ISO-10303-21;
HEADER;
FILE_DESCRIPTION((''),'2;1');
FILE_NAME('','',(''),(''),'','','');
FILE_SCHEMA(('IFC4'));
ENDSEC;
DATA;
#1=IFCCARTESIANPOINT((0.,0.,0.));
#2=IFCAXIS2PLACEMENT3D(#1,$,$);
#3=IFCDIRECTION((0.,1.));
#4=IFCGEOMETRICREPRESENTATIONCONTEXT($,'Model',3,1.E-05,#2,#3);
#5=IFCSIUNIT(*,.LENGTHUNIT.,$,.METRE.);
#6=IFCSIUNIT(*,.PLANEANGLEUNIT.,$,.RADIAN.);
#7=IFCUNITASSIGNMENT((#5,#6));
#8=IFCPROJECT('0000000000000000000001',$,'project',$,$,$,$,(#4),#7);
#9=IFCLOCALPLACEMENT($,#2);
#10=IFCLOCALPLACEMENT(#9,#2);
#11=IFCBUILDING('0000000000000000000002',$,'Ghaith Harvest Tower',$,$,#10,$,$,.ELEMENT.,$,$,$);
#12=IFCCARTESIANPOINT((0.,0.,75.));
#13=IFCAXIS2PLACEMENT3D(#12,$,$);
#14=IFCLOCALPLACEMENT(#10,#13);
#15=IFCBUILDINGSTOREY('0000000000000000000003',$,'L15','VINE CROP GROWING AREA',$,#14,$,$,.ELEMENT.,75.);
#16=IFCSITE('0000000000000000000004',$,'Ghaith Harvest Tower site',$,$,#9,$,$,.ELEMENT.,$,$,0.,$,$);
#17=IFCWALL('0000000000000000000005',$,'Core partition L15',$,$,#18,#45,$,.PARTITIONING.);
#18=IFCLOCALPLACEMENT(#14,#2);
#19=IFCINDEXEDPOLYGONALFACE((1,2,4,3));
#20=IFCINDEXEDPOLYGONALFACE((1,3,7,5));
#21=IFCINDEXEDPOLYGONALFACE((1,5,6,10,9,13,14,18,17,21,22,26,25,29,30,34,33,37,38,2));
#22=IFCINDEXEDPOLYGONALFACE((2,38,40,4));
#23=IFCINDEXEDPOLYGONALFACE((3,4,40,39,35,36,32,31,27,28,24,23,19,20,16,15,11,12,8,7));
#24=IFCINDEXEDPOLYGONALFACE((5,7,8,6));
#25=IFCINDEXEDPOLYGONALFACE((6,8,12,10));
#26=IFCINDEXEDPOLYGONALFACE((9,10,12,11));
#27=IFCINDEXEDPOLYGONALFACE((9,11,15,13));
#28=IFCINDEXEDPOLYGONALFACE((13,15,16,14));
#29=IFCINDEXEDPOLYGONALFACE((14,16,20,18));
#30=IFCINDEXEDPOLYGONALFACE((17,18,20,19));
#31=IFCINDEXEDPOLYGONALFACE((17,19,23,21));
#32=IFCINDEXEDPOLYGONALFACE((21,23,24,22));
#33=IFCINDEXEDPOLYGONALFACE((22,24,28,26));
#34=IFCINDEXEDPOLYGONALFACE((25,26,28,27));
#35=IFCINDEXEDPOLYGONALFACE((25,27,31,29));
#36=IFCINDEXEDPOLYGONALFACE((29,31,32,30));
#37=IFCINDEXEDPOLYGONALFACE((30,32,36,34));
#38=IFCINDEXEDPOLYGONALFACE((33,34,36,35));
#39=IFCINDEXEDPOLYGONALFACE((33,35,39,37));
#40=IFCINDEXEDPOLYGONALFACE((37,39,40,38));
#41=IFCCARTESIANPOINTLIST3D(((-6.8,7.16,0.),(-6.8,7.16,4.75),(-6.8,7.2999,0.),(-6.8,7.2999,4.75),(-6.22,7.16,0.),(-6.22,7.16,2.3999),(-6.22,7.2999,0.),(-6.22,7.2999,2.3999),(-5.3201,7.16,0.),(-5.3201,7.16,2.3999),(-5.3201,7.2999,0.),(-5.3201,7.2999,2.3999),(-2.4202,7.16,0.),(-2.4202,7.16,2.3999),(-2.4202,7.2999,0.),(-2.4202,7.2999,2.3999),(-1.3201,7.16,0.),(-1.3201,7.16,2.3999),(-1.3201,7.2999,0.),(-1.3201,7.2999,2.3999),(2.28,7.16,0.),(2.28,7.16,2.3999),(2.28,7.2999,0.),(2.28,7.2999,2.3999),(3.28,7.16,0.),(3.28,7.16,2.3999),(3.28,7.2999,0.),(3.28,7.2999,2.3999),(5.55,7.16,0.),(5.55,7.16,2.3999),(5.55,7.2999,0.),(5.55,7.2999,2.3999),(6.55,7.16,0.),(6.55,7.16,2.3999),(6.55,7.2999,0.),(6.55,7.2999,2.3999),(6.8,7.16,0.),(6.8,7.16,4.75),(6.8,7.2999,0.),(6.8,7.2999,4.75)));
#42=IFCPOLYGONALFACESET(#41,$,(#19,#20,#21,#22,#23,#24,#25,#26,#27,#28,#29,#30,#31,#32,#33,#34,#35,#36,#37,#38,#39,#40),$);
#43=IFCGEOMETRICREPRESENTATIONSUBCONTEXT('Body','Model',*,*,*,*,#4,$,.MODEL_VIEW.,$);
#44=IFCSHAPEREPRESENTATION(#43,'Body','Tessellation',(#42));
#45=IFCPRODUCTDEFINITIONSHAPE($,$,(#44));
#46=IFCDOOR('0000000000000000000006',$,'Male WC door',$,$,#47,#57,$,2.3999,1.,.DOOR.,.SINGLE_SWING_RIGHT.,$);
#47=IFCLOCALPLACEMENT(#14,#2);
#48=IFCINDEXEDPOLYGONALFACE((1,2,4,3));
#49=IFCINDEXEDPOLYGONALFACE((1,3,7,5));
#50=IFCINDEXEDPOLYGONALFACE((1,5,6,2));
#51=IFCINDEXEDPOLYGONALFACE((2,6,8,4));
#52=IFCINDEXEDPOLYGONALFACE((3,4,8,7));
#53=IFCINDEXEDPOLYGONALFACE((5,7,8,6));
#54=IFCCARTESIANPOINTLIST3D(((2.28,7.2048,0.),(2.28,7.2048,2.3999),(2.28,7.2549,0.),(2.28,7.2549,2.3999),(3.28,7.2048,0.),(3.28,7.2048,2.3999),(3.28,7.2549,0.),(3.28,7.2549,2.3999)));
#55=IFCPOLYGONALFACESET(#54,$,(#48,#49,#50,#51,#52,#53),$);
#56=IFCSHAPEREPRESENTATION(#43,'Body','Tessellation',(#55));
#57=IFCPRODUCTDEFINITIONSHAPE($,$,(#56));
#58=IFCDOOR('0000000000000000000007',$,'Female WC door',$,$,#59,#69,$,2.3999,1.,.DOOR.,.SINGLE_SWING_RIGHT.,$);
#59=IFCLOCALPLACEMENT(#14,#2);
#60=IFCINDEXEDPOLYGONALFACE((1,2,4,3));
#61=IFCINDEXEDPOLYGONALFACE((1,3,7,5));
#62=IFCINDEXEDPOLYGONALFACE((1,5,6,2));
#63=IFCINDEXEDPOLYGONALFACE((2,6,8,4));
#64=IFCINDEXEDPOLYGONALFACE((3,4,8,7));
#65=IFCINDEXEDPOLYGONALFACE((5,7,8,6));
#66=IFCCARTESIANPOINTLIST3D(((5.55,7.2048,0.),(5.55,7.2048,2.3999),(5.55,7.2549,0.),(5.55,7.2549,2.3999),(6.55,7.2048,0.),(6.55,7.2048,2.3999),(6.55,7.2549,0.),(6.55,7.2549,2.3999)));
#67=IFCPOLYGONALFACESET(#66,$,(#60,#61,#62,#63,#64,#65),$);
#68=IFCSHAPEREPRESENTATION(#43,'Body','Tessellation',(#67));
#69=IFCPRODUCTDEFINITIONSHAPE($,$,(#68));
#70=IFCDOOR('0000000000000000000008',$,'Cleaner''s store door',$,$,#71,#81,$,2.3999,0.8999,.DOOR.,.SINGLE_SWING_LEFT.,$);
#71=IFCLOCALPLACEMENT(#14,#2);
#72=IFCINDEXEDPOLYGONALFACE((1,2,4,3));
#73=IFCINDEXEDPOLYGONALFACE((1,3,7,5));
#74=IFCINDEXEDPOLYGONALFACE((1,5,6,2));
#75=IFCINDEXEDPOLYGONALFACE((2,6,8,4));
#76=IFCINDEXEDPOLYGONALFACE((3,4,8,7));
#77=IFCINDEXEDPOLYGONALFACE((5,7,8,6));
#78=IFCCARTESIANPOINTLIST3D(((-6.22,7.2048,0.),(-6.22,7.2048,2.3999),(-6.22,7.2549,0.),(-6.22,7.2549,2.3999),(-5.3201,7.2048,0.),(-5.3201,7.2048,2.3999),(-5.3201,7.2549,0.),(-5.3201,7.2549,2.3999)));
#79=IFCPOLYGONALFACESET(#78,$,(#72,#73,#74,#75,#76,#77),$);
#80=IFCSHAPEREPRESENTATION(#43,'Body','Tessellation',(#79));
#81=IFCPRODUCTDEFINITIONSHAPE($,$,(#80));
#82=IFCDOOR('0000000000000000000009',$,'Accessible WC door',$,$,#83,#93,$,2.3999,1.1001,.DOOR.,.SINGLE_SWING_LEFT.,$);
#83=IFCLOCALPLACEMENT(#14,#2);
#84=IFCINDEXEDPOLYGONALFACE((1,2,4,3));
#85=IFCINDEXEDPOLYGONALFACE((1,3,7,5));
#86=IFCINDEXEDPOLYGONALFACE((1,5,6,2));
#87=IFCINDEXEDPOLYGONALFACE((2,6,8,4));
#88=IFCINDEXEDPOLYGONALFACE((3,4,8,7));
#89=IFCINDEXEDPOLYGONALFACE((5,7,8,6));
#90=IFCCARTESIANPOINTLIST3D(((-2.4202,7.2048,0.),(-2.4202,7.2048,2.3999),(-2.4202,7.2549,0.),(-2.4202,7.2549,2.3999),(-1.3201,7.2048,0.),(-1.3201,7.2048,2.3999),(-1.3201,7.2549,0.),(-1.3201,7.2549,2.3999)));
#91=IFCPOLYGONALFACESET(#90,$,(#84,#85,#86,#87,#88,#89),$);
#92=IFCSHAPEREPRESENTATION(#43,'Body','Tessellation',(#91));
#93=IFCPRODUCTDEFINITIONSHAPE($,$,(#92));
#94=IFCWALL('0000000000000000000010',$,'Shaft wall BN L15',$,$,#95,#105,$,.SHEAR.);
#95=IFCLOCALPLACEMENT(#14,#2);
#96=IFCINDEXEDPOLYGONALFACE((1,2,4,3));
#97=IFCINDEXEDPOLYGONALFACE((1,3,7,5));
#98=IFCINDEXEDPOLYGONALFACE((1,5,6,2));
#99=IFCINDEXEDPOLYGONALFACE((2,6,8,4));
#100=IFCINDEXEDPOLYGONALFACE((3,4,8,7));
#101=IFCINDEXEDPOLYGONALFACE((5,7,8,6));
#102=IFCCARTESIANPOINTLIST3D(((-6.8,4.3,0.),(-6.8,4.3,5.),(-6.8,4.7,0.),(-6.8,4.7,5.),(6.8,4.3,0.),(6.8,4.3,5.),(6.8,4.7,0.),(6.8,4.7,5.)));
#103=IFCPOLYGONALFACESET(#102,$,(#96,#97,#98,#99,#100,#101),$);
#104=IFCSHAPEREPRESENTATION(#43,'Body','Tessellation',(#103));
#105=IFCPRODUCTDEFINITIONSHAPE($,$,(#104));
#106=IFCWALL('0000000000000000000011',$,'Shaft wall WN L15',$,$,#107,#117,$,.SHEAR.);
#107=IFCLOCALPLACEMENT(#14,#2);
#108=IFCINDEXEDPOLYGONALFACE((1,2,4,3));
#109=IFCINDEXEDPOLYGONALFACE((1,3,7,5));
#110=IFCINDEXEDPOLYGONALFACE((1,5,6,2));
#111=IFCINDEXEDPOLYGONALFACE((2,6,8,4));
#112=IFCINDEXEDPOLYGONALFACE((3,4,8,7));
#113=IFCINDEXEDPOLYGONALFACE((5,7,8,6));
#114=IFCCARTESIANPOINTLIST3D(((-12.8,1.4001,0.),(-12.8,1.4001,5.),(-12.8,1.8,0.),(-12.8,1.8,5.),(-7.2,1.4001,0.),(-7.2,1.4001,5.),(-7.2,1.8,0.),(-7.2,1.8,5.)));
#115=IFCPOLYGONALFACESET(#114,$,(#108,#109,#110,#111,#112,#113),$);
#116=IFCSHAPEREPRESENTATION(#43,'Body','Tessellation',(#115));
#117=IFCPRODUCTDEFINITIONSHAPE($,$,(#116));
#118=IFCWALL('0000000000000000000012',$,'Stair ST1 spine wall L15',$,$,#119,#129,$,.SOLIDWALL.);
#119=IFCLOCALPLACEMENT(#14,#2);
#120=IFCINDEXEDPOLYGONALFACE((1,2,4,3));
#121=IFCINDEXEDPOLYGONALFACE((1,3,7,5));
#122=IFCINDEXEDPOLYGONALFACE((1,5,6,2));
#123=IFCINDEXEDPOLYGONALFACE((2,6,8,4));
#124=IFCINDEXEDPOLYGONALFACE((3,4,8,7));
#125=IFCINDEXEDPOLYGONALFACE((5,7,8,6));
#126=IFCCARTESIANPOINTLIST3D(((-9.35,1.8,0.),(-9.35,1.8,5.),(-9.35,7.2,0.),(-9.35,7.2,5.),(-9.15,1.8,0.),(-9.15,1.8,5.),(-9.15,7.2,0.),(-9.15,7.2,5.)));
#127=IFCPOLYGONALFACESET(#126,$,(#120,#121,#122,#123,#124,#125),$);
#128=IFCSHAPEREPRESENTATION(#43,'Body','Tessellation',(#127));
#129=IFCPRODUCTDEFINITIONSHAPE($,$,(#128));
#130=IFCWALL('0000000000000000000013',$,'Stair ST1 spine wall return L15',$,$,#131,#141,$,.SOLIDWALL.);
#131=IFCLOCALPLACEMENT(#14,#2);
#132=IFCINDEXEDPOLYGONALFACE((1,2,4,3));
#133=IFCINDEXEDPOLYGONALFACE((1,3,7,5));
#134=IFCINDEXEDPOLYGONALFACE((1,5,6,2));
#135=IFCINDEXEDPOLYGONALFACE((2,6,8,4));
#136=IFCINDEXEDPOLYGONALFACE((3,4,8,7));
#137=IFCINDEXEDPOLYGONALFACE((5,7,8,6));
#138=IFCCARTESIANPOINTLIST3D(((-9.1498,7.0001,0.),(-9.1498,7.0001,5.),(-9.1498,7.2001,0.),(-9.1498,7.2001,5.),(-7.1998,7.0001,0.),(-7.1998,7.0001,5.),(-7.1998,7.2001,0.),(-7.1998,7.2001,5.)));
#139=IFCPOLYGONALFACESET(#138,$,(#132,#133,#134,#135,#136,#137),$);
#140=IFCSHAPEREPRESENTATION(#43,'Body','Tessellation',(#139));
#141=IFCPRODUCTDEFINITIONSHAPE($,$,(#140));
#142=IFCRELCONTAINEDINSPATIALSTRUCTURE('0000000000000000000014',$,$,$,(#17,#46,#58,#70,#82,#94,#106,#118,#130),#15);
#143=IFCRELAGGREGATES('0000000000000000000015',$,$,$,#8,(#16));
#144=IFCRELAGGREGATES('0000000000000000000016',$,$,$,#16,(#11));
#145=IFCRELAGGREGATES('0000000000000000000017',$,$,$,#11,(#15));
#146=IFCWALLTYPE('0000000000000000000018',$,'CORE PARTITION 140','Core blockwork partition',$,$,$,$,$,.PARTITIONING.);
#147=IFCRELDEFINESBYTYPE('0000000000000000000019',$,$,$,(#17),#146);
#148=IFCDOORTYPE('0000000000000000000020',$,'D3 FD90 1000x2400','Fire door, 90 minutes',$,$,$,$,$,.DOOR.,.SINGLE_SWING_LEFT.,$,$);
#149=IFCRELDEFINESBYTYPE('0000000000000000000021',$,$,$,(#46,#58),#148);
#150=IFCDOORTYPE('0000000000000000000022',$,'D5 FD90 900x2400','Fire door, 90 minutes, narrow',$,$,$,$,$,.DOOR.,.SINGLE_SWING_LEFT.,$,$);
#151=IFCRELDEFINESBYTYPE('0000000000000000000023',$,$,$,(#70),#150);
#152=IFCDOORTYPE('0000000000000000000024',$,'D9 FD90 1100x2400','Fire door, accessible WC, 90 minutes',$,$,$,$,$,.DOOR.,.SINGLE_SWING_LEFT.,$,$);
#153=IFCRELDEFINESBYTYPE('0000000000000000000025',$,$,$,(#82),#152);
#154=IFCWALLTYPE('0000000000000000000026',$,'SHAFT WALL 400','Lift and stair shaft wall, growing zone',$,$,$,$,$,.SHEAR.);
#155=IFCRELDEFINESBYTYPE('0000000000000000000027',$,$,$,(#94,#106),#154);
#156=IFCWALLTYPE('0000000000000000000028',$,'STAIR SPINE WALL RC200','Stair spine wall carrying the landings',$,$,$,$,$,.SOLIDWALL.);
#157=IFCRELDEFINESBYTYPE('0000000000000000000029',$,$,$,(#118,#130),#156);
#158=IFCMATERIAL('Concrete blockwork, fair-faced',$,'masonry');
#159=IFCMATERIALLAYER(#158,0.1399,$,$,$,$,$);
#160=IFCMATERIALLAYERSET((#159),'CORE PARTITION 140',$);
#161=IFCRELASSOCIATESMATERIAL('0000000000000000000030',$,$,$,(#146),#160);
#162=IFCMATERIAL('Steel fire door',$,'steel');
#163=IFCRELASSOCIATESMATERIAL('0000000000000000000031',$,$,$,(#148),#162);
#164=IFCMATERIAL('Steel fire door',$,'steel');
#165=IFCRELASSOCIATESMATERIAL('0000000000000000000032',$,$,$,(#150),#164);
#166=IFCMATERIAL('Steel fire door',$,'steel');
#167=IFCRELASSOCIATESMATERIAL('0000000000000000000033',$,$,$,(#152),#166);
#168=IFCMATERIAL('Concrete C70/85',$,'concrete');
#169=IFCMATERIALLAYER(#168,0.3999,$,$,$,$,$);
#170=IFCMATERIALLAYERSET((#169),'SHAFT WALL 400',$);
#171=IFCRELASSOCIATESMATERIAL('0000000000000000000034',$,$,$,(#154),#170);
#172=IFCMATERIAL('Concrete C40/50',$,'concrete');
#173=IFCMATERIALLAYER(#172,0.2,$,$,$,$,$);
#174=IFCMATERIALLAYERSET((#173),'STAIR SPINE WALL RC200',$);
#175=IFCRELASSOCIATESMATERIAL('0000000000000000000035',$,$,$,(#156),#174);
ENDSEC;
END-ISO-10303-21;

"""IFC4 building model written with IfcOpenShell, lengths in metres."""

from ifc_helpers import new_model, si_unit, direction, frame, frame_2d, origin, place, context, subcontext, project, spatial, rectangle, extrude, material, layer, layer_set, type_object, element, fill, save


model = new_model("IFC4")

# Units and contexts
model_context = context("Model", 3, precision=1e-05, world=origin(), true_north=direction((0.0, 1.0)))
body_context = subcontext(model_context, "Body", "Model", "MODEL_VIEW")
ifc_project = project(units=[si_unit("LENGTHUNIT", "METRE"), si_unit("PLANEANGLEUNIT", "RADIAN")], contexts=[model_context])

# Site, building, storey
site_placement = place(None, origin())
site = spatial("IfcSite", under=ifc_project, at=site_placement, Name="Ghaith Harvest Tower site", CompositionType="ELEMENT", RefElevation=0.0)
building_placement = place(site_placement, origin())
building = spatial("IfcBuilding", under=site, at=building_placement, Name="Ghaith Harvest Tower", CompositionType="ELEMENT")
storey_placement = place(building_placement, frame((0.0, 0.0, 75.0)))
storey = spatial("IfcBuildingStorey", under=building, at=storey_placement, Name="L15", Description="VINE CROP GROWING AREA", CompositionType="ELEMENT", Elevation=75.0)

# Wall, openings, doors
ifc_material_1 = material(Name="Concrete blockwork, fair-faced", Category="masonry")
ifc_layer_1 = layer(ifc_material_1, 0.1399)
ifc_layer_set_1 = layer_set([ifc_layer_1], Name="CORE PARTITION 140")
wall_type_1 = type_object("IfcWallType", Name="CORE PARTITION 140", Description="Core blockwork partition", PredefinedType="PARTITIONING", material=ifc_layer_set_1)
wall_1_placement = place(storey_placement, frame((-6.8, 7.23, 0.0), z_axis=(0.0, 0.0, 1.0), x_axis=(1.0, 0.0, 0.0)))
wall_1 = element("IfcWall", 1, at=wall_1_placement, inside=storey, type_object=wall_type_1, Name="Core partition L15", PredefinedType="PARTITIONING", context=body_context, shape_type="SweptSolid", body=[
    extrude(rectangle(XDim=13.6001, YDim=0.1399, at=frame_2d((6.8, 0.0))), origin(), (0.0, 0.0, 1.0), 4.75),
])
opening_1_placement = place(wall_1_placement, frame((0.5801, 0.0, 0.0)))
opening_1 = element("IfcOpeningElement", 2, at=opening_1_placement, cuts=wall_1, PredefinedType="OPENING", context=body_context, shape_type="SweptSolid", body=[
    extrude(rectangle(XDim=0.8999, YDim=2.3999, at=frame_2d((0.45, 1.2))), frame((0.0, 0.0801, 0.0), z_axis=(0.0, -1.0, 0.0), x_axis=(1.0, 0.0, 0.0)), (0.0, 0.0, 1.0), 0.1599),
])
opening_2_placement = place(wall_1_placement, frame((4.3799, 0.0, 0.0)))
opening_2 = element("IfcOpeningElement", 3, at=opening_2_placement, cuts=wall_1, PredefinedType="OPENING", context=body_context, shape_type="SweptSolid", body=[
    extrude(rectangle(XDim=1.1001, YDim=2.3999, at=frame_2d((0.55, 1.2))), frame((0.0, 0.0801, 0.0), z_axis=(0.0, -1.0, 0.0), x_axis=(1.0, 0.0, 0.0)), (0.0, 0.0, 1.0), 0.1599),
])
opening_3_placement = place(wall_1_placement, frame((9.0801, 0.0, 0.0)))
opening_3 = element("IfcOpeningElement", 4, at=opening_3_placement, cuts=wall_1, PredefinedType="OPENING", context=body_context, shape_type="SweptSolid", body=[
    extrude(rectangle(XDim=1.0, YDim=2.3999, at=frame_2d((0.5, 1.2))), frame((0.0, 0.0801, 0.0), z_axis=(0.0, -1.0, 0.0), x_axis=(1.0, 0.0, 0.0)), (0.0, 0.0, 1.0), 0.1599),
])
opening_4_placement = place(wall_1_placement, frame((12.3501, 0.0, 0.0)))
opening_4 = element("IfcOpeningElement", 5, at=opening_4_placement, cuts=wall_1, PredefinedType="OPENING", context=body_context, shape_type="SweptSolid", body=[
    extrude(rectangle(XDim=1.0, YDim=2.3999, at=frame_2d((0.5, 1.2))), frame((0.0, 0.0801, 0.0), z_axis=(0.0, -1.0, 0.0), x_axis=(1.0, 0.0, 0.0)), (0.0, 0.0, 1.0), 0.1599),
])
ifc_material_2 = material(Name="Steel fire door", Category="steel")
door_type_1 = type_object("IfcDoorType", Name="D3 FD90 1000x2400", Description="Fire door, 90 minutes", OperationType="SINGLE_SWING_LEFT", PredefinedType="DOOR", material=ifc_material_2)
door_1_placement = place(opening_3_placement, origin())
door_1 = element("IfcDoor", 6, at=door_1_placement, inside=storey, type_object=door_type_1, Name="Male WC door", OperationType="SINGLE_SWING_RIGHT", OverallHeight=2.3999, OverallWidth=1.0, PredefinedType="DOOR", context=body_context, shape_type="SweptSolid", body=[
    extrude(rectangle(XDim=1.0, YDim=2.3999, at=frame_2d((0.5, 1.2))), frame((0.0, 0.0249, 0.0), z_axis=(0.0, -1.0, 0.0), x_axis=(1.0, 0.0, 0.0)), (0.0, 0.0, 1.0), 0.05),
])
fill(opening_3, door_1)
door_2_placement = place(opening_4_placement, origin())
door_2 = element("IfcDoor", 7, at=door_2_placement, inside=storey, type_object=door_type_1, Name="Female WC door", OperationType="SINGLE_SWING_RIGHT", OverallHeight=2.3999, OverallWidth=1.0, PredefinedType="DOOR", context=body_context, shape_type="SweptSolid", body=[
    extrude(rectangle(XDim=1.0, YDim=2.3999, at=frame_2d((0.5, 1.2))), frame((0.0, 0.0249, 0.0), z_axis=(0.0, -1.0, 0.0), x_axis=(1.0, 0.0, 0.0)), (0.0, 0.0, 1.0), 0.05),
])
fill(opening_4, door_2)
ifc_material_3 = material(Name="Steel fire door", Category="steel")
door_type_2 = type_object("IfcDoorType", Name="D5 FD90 900x2400", Description="Fire door, 90 minutes, narrow", OperationType="SINGLE_SWING_LEFT", PredefinedType="DOOR", material=ifc_material_3)
door_3_placement = place(opening_1_placement, origin())
door_3 = element("IfcDoor", 8, at=door_3_placement, inside=storey, type_object=door_type_2, Name="Cleaner's store door", OperationType="SINGLE_SWING_LEFT", OverallHeight=2.3999, OverallWidth=0.8999, PredefinedType="DOOR", context=body_context, shape_type="SweptSolid", body=[
    extrude(rectangle(XDim=0.8999, YDim=2.3999, at=frame_2d((0.45, 1.2))), frame((0.0, 0.0249, 0.0), z_axis=(0.0, -1.0, 0.0), x_axis=(1.0, 0.0, 0.0)), (0.0, 0.0, 1.0), 0.05),
])
fill(opening_1, door_3)
ifc_material_4 = material(Name="Steel fire door", Category="steel")
door_type_3 = type_object("IfcDoorType", Name="D9 FD90 1100x2400", Description="Fire door, accessible WC, 90 minutes", OperationType="SINGLE_SWING_LEFT", PredefinedType="DOOR", material=ifc_material_4)
door_4_placement = place(opening_2_placement, origin())
door_4 = element("IfcDoor", 9, at=door_4_placement, inside=storey, type_object=door_type_3, Name="Accessible WC door", OperationType="SINGLE_SWING_LEFT", OverallHeight=2.3999, OverallWidth=1.1001, PredefinedType="DOOR", context=body_context, shape_type="SweptSolid", body=[
    extrude(rectangle(XDim=1.1001, YDim=2.3999, at=frame_2d((0.55, 1.2))), frame((0.0, 0.0249, 0.0), z_axis=(0.0, -1.0, 0.0), x_axis=(1.0, 0.0, 0.0)), (0.0, 0.0, 1.0), 0.05),
])
fill(opening_2, door_4)
ifc_material_5 = material(Name="Concrete C70/85", Category="concrete")
ifc_layer_2 = layer(ifc_material_5, 0.3999)
ifc_layer_set_2 = layer_set([ifc_layer_2], Name="SHAFT WALL 400")
wall_type_2 = type_object("IfcWallType", Name="SHAFT WALL 400", Description="Lift and stair shaft wall, growing zone", PredefinedType="SHEAR", material=ifc_layer_set_2)

# Walls
wall_2_placement = place(storey_placement, frame((-6.8, 4.5, 0.0), z_axis=(0.0, 0.0, 1.0), x_axis=(1.0, 0.0, 0.0)))
element("IfcWall", 10, at=wall_2_placement, inside=storey, type_object=wall_type_2, Name="Shaft wall BN L15", PredefinedType="SHEAR", context=body_context, shape_type="SweptSolid", body=[
    extrude(rectangle(XDim=13.6001, YDim=0.3999, at=frame_2d((6.8, 0.0))), origin(), (0.0, 0.0, 1.0), 5.0),
])
wall_3_placement = place(storey_placement, frame((-12.8, 1.6001, 0.0), z_axis=(0.0, 0.0, 1.0), x_axis=(1.0, 0.0, 0.0)))
element("IfcWall", 11, at=wall_3_placement, inside=storey, type_object=wall_type_2, Name="Shaft wall WN L15", PredefinedType="SHEAR", context=body_context, shape_type="SweptSolid", body=[
    extrude(rectangle(XDim=5.6001, YDim=0.3999, at=frame_2d((2.8, 0.0))), origin(), (0.0, 0.0, 1.0), 5.0),
])
ifc_material_6 = material(Name="Concrete C40/50", Category="concrete")
ifc_layer_3 = layer(ifc_material_6, 0.2)
ifc_layer_set_3 = layer_set([ifc_layer_3], Name="STAIR SPINE WALL RC200")
wall_type_3 = type_object("IfcWallType", Name="STAIR SPINE WALL RC200", Description="Stair spine wall carrying the landings", PredefinedType="SOLIDWALL", material=ifc_layer_set_3)
wall_4_placement = place(storey_placement, frame((-9.25, 7.2, 0.0), z_axis=(0.0, 0.0, 1.0), x_axis=(0.0, -1.0, 0.0)))
element("IfcWall", 12, at=wall_4_placement, inside=storey, type_object=wall_type_3, Name="Stair ST1 spine wall L15", PredefinedType="SOLIDWALL", context=body_context, shape_type="SweptSolid", body=[
    extrude(rectangle(XDim=5.3999, YDim=0.2, at=frame_2d((2.7, 0.0))), origin(), (0.0, 0.0, 1.0), 5.0),
])
wall_5_placement = place(storey_placement, frame((-9.1499, 7.1001, 0.0), z_axis=(0.0, 0.0, 1.0), x_axis=(1.0, 0.0, 0.0)))
element("IfcWall", 13, at=wall_5_placement, inside=storey, type_object=wall_type_3, Name="Stair ST1 spine wall return L15", PredefinedType="SOLIDWALL", context=body_context, shape_type="SweptSolid", body=[
    extrude(rectangle(XDim=1.95, YDim=0.2, at=frame_2d((0.9751, 0.0))), origin(), (0.0, 0.0, 1.0), 5.0),
])

save(model, "model.ifc")
